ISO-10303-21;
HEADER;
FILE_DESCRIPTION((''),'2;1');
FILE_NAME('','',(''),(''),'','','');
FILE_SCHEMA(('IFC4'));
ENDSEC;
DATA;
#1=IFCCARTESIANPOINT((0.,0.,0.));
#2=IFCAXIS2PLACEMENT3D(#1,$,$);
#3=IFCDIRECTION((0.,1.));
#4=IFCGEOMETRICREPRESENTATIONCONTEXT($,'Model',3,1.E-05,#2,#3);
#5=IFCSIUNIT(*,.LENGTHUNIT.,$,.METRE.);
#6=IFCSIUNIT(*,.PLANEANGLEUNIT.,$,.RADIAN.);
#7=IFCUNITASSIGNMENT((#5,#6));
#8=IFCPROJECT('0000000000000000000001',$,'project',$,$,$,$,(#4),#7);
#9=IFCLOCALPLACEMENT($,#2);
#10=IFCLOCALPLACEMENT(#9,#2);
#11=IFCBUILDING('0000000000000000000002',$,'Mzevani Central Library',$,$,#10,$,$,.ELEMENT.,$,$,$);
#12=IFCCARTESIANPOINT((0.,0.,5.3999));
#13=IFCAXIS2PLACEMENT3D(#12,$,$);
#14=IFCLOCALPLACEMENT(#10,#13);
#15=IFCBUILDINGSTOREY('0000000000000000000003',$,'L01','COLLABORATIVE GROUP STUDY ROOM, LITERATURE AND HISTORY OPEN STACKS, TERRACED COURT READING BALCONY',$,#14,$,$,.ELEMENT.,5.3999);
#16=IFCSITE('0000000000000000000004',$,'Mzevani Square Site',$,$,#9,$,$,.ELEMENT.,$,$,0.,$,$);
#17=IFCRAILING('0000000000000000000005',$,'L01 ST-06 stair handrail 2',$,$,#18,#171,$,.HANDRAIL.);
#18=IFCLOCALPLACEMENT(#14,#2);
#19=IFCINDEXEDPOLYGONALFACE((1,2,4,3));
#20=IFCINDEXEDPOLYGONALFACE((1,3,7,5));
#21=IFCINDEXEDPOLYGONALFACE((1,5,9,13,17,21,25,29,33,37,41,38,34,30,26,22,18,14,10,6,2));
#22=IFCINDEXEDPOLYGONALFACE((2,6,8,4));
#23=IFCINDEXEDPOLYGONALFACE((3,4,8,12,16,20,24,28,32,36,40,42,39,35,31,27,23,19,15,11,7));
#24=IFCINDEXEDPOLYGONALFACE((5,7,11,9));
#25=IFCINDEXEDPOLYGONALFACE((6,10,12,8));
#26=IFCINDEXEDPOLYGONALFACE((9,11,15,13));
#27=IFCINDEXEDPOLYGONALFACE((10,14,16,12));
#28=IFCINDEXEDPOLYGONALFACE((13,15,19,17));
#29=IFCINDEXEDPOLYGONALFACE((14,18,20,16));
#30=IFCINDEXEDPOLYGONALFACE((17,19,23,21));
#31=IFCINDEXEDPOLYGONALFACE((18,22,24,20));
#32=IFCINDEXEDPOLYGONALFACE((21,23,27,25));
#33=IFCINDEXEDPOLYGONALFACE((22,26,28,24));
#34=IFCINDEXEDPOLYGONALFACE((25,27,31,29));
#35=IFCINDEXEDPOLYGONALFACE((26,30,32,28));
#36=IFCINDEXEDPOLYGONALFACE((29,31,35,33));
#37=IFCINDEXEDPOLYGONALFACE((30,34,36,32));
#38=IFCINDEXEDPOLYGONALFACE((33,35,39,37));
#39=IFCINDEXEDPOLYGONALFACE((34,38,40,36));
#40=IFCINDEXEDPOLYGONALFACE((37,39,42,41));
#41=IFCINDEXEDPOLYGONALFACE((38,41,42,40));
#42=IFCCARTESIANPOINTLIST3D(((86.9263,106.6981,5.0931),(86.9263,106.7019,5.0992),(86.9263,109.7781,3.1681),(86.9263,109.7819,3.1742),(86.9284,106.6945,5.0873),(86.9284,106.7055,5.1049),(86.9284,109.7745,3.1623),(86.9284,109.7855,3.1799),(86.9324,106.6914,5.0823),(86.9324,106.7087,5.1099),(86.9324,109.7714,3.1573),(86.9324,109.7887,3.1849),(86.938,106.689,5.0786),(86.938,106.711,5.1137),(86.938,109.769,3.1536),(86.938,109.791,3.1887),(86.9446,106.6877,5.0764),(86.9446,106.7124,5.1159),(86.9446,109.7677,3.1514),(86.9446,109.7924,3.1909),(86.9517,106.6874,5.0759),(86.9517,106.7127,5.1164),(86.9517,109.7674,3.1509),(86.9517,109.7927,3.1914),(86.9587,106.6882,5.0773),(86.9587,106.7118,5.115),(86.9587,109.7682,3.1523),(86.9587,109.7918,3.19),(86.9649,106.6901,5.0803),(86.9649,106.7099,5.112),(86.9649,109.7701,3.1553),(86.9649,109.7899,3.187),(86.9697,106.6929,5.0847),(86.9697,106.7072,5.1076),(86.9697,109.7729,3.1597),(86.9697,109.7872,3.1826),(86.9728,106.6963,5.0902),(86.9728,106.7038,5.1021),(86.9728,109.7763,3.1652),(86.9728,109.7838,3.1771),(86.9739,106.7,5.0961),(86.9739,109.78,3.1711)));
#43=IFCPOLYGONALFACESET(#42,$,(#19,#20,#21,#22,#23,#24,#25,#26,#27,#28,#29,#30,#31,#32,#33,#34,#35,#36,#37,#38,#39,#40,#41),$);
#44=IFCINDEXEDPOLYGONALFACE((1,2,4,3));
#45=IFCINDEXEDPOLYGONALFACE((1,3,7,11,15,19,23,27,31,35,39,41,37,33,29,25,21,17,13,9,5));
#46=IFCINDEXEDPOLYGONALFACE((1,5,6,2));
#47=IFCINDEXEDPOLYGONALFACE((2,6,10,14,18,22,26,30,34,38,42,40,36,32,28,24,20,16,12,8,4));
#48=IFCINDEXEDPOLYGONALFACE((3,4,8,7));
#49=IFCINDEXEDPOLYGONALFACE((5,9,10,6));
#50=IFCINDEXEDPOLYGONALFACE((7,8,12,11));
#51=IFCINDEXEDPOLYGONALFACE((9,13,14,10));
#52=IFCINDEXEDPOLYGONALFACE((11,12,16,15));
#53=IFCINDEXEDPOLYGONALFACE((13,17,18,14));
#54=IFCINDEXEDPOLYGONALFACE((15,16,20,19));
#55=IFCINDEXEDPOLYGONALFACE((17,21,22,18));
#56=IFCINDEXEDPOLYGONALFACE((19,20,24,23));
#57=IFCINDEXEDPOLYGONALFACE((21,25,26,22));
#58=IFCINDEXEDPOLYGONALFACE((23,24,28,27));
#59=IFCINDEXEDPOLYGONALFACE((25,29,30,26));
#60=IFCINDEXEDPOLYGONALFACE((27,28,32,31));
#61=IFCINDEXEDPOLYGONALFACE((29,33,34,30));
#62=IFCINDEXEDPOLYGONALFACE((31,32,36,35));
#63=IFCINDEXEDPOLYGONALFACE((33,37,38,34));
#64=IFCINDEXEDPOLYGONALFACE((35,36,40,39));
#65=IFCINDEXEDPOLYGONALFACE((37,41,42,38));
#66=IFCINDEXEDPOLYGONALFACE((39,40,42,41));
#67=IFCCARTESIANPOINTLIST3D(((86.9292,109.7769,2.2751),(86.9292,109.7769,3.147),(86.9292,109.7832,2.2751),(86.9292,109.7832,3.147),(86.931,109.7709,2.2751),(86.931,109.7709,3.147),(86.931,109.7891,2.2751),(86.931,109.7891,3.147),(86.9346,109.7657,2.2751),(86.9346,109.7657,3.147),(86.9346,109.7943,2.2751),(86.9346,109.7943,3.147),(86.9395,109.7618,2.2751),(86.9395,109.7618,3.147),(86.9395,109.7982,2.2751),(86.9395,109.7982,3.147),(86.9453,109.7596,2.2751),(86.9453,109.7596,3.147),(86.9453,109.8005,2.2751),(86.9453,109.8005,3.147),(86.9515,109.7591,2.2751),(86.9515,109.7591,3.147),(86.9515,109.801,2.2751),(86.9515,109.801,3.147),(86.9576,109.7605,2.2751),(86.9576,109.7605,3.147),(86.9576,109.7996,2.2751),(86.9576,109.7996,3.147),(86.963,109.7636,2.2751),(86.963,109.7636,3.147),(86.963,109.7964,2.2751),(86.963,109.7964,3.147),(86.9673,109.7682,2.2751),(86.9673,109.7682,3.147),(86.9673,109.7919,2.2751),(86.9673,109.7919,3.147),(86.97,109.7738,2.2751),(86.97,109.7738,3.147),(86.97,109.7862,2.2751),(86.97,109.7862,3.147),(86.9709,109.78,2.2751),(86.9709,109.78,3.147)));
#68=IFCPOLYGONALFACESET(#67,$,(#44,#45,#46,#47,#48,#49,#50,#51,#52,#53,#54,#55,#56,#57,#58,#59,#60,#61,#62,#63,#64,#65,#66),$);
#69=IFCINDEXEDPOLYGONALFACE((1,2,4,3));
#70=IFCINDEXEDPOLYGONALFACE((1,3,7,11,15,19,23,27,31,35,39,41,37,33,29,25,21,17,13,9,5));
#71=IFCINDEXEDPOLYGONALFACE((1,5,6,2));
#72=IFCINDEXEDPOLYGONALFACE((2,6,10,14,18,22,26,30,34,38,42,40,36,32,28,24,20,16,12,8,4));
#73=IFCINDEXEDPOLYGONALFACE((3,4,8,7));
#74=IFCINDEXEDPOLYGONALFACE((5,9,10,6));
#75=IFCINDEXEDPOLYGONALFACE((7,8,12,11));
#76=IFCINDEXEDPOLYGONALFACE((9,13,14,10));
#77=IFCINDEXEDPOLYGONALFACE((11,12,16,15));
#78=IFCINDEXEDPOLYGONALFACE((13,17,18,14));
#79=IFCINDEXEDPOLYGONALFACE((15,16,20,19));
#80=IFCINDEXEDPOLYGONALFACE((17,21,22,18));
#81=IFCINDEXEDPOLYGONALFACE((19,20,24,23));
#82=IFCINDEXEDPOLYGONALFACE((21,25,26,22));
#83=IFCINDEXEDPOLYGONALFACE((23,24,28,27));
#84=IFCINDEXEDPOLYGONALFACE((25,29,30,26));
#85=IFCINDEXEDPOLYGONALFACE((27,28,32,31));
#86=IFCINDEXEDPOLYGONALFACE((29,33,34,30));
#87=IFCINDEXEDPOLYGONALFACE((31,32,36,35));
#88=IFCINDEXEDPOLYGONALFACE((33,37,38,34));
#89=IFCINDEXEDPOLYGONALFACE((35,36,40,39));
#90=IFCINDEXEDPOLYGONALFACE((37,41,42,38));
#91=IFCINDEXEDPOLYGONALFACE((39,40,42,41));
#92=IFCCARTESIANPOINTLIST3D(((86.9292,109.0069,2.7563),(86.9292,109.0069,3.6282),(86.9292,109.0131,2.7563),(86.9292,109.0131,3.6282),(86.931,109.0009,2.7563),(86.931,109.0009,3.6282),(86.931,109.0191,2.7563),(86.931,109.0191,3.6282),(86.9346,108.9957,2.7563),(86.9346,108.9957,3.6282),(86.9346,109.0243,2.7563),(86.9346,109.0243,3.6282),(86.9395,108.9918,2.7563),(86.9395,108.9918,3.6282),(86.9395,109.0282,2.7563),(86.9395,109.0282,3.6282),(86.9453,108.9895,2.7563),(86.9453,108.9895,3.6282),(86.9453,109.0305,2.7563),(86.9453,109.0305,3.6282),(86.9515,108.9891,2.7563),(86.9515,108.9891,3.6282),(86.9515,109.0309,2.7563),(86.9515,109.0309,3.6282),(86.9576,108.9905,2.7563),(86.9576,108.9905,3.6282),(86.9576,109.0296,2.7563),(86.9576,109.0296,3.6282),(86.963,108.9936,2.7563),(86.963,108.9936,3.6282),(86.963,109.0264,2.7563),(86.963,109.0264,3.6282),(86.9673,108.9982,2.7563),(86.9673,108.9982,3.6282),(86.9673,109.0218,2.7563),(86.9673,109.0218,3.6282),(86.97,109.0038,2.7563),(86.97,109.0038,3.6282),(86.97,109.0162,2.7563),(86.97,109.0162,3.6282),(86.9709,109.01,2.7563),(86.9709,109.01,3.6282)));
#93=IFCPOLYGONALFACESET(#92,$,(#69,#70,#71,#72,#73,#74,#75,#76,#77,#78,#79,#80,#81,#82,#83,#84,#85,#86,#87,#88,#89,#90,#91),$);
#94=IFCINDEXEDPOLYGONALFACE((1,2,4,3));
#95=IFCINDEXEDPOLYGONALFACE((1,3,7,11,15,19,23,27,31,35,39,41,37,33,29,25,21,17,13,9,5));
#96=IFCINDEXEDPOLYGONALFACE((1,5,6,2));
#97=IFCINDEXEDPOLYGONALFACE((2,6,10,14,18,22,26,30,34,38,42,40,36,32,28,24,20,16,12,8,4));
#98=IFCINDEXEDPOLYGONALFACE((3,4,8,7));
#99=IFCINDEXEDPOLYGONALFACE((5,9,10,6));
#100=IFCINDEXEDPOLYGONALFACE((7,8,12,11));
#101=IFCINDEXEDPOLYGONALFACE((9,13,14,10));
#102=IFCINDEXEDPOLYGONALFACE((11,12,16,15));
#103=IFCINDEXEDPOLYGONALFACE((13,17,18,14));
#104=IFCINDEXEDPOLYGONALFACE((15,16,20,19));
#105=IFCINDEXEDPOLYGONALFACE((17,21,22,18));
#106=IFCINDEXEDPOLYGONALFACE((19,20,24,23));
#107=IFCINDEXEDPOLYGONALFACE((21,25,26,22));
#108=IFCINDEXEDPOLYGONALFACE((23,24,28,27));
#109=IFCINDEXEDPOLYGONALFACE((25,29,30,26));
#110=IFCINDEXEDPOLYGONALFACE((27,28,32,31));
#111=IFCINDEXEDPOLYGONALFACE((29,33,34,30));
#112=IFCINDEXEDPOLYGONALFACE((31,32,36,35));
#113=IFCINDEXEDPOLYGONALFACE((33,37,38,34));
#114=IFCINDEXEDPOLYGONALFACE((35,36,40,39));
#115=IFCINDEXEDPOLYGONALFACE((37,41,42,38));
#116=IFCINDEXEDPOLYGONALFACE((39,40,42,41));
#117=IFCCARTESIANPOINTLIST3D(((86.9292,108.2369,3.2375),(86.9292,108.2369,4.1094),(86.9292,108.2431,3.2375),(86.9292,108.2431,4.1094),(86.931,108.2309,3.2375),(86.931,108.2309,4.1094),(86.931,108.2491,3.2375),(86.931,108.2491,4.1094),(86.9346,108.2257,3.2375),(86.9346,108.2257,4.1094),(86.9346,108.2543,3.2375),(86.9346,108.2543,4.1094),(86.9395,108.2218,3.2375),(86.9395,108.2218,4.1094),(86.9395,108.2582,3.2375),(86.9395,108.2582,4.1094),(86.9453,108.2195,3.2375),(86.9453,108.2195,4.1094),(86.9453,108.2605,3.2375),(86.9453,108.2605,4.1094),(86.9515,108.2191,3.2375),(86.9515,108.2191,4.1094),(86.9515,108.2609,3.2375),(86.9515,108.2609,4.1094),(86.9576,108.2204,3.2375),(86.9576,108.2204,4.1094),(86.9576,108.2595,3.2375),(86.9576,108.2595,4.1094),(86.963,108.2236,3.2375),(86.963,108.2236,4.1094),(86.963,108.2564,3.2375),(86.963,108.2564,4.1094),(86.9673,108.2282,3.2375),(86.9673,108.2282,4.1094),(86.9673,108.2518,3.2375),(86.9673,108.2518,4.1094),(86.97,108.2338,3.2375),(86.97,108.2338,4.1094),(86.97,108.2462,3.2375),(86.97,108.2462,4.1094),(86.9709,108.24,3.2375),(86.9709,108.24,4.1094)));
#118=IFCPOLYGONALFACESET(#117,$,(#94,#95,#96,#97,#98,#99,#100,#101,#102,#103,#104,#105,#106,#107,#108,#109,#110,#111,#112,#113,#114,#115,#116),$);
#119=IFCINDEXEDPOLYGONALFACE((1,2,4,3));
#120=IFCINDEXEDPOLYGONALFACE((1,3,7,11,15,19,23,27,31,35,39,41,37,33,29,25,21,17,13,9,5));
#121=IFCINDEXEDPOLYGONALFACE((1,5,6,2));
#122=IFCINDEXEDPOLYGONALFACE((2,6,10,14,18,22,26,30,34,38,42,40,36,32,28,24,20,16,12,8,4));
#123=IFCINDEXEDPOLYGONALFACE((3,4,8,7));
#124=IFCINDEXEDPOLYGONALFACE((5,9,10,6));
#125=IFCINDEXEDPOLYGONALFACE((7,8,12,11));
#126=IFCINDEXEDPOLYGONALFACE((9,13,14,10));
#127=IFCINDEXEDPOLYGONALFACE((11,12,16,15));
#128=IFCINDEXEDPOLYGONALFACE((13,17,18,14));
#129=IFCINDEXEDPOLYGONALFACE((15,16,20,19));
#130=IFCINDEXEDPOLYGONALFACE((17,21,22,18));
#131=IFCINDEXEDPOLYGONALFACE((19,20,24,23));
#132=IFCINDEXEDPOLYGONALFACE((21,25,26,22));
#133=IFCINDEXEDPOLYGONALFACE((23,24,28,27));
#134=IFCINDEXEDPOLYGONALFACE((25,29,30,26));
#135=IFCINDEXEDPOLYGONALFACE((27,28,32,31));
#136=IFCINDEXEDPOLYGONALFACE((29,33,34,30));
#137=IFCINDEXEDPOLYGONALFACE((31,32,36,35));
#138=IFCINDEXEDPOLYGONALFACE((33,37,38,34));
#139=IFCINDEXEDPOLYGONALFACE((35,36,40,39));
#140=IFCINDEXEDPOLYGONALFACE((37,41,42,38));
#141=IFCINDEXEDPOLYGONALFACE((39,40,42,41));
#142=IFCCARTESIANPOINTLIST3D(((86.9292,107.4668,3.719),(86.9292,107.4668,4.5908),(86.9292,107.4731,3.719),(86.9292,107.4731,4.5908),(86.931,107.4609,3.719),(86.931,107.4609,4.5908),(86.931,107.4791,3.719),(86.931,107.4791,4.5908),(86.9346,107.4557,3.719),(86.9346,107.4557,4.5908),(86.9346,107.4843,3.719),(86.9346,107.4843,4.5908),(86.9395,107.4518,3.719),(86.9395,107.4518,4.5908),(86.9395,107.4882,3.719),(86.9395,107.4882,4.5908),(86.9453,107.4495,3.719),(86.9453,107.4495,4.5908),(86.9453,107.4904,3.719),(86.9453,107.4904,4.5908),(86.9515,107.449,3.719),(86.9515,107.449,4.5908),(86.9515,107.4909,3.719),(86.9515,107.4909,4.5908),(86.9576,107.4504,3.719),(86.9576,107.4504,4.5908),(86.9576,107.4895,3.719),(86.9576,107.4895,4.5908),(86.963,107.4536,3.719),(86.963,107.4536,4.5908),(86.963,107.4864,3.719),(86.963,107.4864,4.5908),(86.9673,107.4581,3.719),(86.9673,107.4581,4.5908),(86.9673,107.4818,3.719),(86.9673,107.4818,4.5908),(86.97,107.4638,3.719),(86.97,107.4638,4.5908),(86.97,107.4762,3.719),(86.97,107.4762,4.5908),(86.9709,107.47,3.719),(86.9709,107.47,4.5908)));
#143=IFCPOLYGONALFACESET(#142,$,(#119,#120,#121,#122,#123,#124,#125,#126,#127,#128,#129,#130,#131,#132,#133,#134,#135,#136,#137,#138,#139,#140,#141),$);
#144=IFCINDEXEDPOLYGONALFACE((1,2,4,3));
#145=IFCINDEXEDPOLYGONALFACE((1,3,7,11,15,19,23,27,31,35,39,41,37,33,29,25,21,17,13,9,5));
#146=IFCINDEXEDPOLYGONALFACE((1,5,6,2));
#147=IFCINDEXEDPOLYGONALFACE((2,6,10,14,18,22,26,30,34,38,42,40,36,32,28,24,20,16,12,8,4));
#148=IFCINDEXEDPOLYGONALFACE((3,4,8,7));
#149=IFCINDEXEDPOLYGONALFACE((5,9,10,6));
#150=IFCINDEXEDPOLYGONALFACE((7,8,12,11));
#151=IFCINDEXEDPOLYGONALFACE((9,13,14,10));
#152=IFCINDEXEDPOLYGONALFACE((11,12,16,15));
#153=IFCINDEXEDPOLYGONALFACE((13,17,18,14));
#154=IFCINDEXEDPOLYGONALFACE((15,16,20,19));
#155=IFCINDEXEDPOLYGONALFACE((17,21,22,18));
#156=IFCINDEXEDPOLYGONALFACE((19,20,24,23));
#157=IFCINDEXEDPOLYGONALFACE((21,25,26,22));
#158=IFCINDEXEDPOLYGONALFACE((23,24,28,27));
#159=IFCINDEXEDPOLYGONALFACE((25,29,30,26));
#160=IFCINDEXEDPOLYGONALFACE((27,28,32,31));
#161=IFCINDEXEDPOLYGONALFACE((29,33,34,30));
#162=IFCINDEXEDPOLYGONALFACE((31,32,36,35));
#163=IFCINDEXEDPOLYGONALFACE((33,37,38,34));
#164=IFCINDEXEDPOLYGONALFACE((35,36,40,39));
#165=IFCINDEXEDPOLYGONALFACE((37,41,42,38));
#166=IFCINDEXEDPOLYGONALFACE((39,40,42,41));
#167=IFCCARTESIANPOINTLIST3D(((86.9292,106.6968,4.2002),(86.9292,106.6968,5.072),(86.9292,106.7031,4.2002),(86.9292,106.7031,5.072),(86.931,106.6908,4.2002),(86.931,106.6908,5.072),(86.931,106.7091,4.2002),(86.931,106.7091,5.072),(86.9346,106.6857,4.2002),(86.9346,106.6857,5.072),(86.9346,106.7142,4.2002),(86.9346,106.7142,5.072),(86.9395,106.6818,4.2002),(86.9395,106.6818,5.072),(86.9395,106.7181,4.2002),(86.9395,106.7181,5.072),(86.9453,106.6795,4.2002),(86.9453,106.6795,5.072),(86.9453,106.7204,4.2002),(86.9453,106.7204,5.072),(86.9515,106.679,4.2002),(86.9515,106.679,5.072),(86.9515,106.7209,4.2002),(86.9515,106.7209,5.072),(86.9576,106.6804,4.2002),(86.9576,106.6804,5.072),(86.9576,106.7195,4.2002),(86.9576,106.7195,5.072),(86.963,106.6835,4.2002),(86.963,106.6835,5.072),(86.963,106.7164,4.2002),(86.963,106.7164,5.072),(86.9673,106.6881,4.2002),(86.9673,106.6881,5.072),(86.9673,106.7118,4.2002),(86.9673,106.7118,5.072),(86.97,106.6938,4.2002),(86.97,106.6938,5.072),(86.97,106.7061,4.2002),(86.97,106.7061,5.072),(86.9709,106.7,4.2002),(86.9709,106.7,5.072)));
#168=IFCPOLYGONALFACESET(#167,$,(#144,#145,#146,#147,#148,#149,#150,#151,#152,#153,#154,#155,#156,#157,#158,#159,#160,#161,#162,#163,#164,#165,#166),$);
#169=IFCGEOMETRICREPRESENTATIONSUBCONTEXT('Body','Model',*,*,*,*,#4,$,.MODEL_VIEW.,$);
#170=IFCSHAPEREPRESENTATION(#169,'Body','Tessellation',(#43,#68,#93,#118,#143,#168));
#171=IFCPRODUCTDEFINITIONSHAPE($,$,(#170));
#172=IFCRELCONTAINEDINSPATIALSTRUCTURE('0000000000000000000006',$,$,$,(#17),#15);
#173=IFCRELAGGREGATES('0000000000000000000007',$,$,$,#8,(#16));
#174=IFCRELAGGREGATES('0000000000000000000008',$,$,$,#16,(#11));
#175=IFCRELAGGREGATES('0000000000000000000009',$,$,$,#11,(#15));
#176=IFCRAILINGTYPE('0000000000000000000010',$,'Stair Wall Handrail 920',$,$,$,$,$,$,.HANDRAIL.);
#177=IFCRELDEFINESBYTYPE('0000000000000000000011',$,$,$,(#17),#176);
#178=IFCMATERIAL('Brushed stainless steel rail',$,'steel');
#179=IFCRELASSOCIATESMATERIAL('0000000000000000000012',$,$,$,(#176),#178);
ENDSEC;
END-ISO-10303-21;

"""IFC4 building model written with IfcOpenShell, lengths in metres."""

from ifc_helpers import new_model, si_unit, direction, frame, origin, origin_2d, place, context, subcontext, project, spatial, circle, extrude, material, type_object, element, save


model = new_model("IFC4")

# Units and contexts
model_context = context("Model", 3, precision=1e-05, world=origin(), true_north=direction((0.0, 1.0)))
body_context = subcontext(model_context, "Body", "Model", "MODEL_VIEW")
ifc_project = project(units=[si_unit("LENGTHUNIT", "METRE"), si_unit("PLANEANGLEUNIT", "RADIAN")], contexts=[model_context])

# Site, building, storey
site_placement = place(None, origin())
site = spatial("IfcSite", under=ifc_project, at=site_placement, Name="Mzevani Square Site", CompositionType="ELEMENT", RefElevation=0.0)
building_placement = place(site_placement, origin())
building = spatial("IfcBuilding", under=site, at=building_placement, Name="Mzevani Central Library", CompositionType="ELEMENT")
storey_placement = place(building_placement, frame((0.0, 0.0, 5.3999)))
storey = spatial("IfcBuildingStorey", under=building, at=storey_placement, Name="L01", Description="COLLABORATIVE GROUP STUDY ROOM, LITERATURE AND HISTORY OPEN STACKS, TERRACED COURT READING BALCONY", CompositionType="ELEMENT", Elevation=5.3999)

# Railing
ifc_material_1 = material(Name="Brushed stainless steel rail", Category="steel")
railing_type = type_object("IfcRailingType", Name="Stair Wall Handrail 920", PredefinedType="HANDRAIL", material=ifc_material_1)
railing_placement = place(storey_placement, frame((86.95, 109.78, 2.2751)))
element("IfcRailing", 1, at=railing_placement, inside=storey, type_object=railing_type, Name="L01 ST-06 stair handrail 2", PredefinedType="HANDRAIL", context=body_context, shape_type="SweptSolid", body=[
    extrude(circle(Radius=0.0239, at=origin_2d()), frame((0.0, 0.0, 0.896), z_axis=(0.0, -0.847998, 0.529999), x_axis=(1.0, 0.0, 0.0)), (0.0, 0.0, 1.0), 3.6321),
    extrude(circle(Radius=0.021, at=origin_2d()), origin(), (0.0, 0.0, 1.0), 0.8718),
    extrude(circle(Radius=0.021, at=origin_2d()), frame((0.0, -0.77, 0.4812)), (0.0, 0.0, 1.0), 0.8718),
    extrude(circle(Radius=0.021, at=origin_2d()), frame((0.0, -1.54, 0.9624)), (0.0, 0.0, 1.0), 0.8718),
    extrude(circle(Radius=0.021, at=origin_2d()), frame((0.0, -2.3101, 1.4438)), (0.0, 0.0, 1.0), 0.8718),
    extrude(circle(Radius=0.021, at=origin_2d()), frame((0.0, -3.0801, 1.925)), (0.0, 0.0, 1.0), 0.8718),
])

save(model, "model.ifc")
